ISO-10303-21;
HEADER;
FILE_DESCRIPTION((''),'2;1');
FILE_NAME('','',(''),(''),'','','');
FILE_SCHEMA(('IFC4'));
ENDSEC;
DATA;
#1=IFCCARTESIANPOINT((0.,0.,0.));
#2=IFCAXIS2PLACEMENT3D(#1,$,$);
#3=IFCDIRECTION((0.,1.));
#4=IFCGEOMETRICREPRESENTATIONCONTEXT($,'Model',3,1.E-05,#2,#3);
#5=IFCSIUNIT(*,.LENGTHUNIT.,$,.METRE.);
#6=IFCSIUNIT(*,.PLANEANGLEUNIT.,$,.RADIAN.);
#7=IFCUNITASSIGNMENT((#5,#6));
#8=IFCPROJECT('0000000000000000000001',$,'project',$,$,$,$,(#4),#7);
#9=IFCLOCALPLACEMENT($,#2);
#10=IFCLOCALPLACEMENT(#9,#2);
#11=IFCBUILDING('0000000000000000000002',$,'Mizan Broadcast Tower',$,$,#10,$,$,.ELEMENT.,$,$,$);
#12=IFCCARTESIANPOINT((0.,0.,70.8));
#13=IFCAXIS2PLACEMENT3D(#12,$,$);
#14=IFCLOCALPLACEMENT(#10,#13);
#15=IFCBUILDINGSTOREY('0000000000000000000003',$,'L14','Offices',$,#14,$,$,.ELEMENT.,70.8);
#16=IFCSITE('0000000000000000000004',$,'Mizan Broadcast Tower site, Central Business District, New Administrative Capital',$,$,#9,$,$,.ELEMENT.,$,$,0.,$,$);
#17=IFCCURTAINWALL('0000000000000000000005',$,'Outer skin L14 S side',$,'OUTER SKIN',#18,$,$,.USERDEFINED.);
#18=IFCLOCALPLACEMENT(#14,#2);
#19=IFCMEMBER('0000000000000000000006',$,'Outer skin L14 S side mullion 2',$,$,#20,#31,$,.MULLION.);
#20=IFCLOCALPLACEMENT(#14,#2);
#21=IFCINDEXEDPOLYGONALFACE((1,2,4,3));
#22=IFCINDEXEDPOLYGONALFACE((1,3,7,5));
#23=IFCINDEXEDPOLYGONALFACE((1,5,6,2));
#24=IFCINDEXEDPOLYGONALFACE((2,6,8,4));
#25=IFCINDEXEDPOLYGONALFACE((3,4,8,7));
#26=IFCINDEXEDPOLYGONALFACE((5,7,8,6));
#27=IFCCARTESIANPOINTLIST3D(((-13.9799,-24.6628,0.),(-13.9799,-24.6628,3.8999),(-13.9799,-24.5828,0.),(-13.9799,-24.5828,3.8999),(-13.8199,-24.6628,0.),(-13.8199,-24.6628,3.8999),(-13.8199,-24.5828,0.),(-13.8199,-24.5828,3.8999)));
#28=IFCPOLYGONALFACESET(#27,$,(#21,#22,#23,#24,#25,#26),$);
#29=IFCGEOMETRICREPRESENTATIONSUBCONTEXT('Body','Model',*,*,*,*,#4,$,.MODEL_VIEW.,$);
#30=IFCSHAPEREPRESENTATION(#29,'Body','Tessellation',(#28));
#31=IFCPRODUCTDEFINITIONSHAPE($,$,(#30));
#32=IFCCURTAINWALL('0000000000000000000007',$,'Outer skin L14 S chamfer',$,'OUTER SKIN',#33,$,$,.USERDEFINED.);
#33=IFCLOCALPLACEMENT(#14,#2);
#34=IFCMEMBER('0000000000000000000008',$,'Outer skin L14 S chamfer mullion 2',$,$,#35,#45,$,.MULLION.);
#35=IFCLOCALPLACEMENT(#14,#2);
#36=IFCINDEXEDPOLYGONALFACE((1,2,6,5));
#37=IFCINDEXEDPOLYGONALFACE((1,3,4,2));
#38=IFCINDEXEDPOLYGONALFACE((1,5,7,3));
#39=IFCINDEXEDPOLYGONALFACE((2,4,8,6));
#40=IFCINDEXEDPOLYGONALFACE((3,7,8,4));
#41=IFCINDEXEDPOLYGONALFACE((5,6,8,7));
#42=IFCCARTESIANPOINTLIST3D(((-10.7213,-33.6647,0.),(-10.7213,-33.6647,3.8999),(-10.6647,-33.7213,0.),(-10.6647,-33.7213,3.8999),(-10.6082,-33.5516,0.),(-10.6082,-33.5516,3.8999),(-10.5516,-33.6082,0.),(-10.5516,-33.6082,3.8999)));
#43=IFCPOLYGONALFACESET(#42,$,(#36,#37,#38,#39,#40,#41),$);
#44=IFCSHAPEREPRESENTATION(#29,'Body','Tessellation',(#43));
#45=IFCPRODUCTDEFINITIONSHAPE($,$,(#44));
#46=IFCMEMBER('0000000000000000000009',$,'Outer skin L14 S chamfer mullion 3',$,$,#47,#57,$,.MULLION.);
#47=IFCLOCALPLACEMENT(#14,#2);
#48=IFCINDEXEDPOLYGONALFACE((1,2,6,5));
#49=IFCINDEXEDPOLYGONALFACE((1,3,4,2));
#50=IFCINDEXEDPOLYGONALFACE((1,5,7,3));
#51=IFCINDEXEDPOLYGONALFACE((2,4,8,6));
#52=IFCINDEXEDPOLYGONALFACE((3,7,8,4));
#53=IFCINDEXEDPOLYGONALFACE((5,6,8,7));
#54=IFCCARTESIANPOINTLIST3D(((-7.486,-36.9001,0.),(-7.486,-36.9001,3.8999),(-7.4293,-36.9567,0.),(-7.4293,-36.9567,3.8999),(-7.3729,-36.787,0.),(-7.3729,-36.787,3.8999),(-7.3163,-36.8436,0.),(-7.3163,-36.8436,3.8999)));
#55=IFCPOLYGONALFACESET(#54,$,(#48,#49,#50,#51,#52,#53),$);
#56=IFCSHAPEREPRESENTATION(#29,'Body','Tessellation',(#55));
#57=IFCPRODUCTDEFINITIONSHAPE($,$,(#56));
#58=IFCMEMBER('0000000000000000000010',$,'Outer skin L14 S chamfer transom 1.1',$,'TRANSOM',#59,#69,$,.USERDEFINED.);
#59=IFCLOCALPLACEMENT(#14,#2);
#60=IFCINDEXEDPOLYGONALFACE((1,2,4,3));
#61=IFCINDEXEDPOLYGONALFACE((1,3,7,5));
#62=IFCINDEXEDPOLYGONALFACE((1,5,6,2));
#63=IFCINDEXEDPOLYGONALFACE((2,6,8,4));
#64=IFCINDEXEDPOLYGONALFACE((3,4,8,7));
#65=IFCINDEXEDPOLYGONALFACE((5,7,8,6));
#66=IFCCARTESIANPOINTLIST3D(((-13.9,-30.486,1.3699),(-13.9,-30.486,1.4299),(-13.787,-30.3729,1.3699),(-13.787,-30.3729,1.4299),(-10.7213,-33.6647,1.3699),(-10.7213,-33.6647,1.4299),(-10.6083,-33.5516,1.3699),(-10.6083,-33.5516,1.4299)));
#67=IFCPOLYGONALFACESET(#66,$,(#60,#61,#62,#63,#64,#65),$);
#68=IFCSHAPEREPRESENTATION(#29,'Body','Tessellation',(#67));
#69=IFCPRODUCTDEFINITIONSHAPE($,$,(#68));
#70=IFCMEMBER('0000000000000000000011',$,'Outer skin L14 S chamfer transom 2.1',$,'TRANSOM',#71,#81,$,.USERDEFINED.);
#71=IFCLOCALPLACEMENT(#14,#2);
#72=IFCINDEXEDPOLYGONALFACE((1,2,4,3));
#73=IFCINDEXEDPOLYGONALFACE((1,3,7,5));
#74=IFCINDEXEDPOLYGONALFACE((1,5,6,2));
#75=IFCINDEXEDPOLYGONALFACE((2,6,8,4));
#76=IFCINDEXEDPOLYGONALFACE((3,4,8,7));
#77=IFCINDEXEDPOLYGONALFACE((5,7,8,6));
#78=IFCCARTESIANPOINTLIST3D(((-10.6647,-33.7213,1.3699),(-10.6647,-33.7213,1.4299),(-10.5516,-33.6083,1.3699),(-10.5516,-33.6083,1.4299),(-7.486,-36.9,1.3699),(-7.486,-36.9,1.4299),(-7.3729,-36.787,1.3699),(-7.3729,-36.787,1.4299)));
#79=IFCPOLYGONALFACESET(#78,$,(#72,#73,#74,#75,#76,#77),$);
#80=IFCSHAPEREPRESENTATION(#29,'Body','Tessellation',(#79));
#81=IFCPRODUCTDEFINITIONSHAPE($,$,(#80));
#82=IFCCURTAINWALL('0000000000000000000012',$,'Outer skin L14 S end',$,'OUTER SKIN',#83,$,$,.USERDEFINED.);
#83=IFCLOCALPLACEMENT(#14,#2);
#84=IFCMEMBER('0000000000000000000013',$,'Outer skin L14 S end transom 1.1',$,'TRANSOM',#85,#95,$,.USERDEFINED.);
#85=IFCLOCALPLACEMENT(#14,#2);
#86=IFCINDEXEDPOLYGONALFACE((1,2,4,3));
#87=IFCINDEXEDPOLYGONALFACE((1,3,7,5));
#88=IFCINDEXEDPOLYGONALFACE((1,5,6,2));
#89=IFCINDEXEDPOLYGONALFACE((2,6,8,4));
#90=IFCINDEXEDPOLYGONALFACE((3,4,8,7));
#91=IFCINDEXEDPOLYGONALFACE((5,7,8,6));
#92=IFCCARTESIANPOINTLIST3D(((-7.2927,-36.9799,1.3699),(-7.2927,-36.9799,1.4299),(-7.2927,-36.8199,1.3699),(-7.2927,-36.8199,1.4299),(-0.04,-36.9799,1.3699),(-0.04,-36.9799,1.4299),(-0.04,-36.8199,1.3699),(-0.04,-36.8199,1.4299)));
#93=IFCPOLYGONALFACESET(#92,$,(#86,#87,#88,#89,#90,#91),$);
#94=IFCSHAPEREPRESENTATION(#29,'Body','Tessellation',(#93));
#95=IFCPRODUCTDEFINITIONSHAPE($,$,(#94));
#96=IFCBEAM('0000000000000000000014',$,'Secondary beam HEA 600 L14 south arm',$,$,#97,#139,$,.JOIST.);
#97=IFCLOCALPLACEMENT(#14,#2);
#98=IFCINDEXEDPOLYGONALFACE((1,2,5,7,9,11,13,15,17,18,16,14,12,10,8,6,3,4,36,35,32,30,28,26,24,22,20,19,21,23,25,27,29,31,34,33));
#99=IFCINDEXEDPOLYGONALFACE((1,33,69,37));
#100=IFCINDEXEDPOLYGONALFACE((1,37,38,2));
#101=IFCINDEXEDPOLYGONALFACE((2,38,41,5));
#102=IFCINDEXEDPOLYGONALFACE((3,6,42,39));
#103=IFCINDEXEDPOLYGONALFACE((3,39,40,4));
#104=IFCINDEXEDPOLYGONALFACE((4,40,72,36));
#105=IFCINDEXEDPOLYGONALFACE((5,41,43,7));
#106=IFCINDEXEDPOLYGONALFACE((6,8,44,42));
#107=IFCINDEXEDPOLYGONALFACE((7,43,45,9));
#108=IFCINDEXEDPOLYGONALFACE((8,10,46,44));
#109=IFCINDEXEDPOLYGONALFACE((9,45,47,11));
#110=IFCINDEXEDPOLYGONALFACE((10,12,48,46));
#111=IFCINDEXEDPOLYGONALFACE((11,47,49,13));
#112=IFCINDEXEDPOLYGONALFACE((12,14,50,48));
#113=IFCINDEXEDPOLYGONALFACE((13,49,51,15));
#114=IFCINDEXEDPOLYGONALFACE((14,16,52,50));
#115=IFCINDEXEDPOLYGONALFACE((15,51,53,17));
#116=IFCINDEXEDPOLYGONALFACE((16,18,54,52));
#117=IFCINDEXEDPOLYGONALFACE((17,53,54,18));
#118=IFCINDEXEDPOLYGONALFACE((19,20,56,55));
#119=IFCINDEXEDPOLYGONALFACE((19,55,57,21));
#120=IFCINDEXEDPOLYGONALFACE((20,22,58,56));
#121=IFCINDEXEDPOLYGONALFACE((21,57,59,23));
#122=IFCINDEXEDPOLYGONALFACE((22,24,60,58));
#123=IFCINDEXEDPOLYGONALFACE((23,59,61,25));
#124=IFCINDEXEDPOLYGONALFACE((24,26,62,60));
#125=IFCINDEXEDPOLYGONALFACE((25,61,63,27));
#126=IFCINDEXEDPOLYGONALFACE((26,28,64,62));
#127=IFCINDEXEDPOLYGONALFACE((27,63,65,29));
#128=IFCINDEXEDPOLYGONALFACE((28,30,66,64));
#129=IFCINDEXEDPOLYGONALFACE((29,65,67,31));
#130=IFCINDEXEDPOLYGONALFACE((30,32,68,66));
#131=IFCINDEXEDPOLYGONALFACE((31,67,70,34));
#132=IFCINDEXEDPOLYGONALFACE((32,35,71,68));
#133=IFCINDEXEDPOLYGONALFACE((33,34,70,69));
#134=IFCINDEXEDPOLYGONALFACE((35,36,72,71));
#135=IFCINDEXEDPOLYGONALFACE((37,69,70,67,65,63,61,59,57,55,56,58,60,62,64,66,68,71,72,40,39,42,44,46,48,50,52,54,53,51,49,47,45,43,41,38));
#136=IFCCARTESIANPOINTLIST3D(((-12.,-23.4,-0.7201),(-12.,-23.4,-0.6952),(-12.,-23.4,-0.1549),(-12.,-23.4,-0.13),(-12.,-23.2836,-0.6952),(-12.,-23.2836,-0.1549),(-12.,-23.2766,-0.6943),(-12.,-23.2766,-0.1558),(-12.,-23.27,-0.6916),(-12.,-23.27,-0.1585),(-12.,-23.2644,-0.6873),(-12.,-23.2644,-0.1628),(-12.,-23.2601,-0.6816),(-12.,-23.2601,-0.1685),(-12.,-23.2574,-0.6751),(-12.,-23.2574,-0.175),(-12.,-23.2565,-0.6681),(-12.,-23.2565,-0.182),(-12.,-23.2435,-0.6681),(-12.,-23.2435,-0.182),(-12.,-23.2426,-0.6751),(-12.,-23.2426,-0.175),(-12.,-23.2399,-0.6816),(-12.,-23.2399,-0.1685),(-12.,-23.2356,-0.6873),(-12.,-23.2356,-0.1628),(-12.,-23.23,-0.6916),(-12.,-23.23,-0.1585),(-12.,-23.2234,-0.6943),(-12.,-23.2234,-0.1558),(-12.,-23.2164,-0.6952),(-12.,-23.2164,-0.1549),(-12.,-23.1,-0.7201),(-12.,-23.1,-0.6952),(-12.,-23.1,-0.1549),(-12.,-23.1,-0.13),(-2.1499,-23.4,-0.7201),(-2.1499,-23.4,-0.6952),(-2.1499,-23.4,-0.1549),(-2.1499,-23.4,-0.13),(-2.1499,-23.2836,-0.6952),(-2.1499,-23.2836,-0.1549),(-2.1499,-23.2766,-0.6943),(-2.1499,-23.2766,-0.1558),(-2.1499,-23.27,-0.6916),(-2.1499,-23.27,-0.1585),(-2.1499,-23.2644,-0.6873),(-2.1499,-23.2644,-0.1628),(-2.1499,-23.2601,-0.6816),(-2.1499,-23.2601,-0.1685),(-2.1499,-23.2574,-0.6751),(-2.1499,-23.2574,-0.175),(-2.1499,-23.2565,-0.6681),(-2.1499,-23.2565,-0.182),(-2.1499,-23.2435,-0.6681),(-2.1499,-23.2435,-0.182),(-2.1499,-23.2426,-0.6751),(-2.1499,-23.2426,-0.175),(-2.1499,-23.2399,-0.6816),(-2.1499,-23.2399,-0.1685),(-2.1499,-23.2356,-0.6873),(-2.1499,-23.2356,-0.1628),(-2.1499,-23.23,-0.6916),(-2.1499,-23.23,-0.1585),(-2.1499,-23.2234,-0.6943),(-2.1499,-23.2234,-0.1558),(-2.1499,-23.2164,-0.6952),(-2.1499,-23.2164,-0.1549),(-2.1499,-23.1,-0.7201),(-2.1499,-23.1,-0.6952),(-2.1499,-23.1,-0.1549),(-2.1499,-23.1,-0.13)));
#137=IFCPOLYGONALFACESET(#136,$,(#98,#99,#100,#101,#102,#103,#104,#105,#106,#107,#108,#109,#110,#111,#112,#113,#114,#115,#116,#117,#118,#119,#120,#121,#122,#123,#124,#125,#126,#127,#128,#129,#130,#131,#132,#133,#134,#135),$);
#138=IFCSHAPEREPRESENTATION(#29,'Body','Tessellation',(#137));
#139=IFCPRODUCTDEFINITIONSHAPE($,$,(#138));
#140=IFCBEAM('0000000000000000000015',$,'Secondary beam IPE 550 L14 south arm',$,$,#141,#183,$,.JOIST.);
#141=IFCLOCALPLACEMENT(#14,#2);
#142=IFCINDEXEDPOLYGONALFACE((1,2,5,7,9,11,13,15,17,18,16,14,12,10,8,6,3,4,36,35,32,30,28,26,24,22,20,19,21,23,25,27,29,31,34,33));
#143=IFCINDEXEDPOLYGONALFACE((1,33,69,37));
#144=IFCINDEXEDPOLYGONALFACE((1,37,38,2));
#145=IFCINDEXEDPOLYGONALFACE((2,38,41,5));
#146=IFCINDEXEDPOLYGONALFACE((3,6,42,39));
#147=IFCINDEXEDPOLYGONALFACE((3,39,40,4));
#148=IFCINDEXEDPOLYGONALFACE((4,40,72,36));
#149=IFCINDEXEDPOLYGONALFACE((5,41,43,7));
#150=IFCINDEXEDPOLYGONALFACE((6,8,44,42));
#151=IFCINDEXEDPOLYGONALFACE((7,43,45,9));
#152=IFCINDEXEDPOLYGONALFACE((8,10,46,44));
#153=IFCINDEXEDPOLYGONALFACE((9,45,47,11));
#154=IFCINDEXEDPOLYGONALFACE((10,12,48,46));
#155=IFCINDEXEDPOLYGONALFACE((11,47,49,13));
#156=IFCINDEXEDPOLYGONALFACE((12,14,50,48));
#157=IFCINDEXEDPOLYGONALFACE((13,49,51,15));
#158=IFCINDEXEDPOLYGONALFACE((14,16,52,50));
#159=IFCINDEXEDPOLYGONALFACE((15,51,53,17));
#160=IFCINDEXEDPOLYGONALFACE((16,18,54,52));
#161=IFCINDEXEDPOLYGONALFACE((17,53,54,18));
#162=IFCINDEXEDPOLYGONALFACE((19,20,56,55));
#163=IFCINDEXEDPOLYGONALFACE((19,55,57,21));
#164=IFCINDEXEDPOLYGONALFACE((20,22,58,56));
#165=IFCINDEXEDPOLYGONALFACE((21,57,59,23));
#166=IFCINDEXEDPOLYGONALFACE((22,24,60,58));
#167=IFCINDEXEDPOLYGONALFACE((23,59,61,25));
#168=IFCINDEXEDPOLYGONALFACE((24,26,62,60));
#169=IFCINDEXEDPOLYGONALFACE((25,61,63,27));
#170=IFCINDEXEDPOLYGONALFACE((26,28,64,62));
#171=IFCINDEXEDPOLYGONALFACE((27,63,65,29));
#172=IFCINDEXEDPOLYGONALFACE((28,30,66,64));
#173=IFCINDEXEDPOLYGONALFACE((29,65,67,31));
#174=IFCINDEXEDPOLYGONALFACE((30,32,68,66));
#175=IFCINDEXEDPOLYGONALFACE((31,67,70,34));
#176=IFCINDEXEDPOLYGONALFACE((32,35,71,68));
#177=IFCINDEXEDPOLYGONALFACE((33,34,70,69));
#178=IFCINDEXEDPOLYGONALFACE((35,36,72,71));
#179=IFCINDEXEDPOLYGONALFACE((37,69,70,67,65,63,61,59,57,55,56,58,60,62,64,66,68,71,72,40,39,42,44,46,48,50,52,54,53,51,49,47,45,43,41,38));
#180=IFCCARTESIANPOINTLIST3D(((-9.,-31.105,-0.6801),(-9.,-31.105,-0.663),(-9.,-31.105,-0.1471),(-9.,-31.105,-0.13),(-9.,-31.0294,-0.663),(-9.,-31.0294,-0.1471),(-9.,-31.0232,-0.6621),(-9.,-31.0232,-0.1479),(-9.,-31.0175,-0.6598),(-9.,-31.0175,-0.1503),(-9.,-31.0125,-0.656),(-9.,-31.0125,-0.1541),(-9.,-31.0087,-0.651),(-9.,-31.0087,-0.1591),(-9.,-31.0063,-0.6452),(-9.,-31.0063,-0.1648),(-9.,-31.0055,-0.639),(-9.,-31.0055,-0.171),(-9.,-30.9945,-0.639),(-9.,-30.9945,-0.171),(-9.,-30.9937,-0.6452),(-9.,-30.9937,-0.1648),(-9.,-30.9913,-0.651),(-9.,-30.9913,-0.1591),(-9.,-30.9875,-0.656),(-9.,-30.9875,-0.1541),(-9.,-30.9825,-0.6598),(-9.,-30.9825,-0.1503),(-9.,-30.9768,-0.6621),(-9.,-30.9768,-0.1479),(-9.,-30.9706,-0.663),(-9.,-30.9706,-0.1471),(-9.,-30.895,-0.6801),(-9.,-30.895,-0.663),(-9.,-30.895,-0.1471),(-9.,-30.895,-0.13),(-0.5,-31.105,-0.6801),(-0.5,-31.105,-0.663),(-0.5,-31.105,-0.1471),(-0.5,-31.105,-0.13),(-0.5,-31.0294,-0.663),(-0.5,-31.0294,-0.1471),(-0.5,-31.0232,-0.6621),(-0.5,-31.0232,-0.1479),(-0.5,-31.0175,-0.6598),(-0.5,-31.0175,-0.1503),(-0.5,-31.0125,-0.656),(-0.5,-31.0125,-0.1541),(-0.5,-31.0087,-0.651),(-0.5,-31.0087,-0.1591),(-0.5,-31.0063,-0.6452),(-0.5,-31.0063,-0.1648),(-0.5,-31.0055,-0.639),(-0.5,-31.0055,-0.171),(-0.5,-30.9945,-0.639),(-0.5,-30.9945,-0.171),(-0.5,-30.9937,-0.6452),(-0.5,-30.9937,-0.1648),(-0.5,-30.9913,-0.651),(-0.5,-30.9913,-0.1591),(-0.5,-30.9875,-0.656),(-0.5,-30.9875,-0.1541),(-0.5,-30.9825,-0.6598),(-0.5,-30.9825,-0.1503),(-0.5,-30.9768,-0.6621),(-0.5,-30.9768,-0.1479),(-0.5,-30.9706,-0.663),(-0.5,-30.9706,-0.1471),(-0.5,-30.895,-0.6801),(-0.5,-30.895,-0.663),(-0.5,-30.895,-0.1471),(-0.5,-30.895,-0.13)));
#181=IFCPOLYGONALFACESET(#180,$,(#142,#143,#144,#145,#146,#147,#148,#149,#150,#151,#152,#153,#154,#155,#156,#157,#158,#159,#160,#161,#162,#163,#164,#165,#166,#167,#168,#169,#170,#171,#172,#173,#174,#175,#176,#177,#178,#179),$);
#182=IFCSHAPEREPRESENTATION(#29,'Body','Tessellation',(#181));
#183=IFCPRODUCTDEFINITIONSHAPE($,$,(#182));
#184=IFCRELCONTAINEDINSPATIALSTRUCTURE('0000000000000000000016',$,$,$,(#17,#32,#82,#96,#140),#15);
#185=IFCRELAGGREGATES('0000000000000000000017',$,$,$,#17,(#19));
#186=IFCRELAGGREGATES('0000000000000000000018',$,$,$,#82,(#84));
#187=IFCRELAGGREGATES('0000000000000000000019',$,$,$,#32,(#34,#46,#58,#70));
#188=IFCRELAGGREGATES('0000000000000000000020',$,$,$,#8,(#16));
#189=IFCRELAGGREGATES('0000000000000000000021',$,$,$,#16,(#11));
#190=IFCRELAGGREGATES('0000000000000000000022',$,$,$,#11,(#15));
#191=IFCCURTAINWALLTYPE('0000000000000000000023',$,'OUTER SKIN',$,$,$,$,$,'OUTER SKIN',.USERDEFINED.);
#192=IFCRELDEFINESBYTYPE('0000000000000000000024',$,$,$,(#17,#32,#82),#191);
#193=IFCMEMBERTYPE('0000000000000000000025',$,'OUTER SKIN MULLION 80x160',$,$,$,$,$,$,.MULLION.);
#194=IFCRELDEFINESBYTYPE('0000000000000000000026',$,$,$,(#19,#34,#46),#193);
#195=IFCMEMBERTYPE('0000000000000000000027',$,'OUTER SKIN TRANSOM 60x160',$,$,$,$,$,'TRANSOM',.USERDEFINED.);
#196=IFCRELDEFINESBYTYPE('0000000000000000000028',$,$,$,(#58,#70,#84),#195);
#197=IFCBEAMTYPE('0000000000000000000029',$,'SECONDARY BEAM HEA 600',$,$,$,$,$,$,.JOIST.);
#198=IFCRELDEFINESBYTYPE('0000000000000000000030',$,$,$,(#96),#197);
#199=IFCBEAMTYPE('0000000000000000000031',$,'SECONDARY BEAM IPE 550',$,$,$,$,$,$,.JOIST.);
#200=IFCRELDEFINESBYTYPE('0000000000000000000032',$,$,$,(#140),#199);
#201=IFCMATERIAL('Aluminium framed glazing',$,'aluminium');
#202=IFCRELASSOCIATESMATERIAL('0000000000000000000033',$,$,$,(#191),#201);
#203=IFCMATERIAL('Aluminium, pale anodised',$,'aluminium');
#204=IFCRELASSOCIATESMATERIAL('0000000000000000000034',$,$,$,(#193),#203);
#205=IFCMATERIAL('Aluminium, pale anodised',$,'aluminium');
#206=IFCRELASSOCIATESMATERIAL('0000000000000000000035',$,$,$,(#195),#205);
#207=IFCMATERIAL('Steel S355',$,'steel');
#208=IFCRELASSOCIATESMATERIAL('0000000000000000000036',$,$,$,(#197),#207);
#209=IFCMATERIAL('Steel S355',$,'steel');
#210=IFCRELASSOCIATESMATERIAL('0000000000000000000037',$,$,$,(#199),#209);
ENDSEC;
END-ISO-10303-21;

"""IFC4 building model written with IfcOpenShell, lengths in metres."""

from ifc_helpers import new_model, si_unit, direction, frame, origin, origin_2d, place, context, subcontext, project, spatial, rectangle, i_section, extrude, material, material_profile, profile_set, type_object, element, aggregate, save


model = new_model("IFC4")

# Units and contexts
model_context = context("Model", 3, precision=1e-05, world=origin(), true_north=direction((0.0, 1.0)))
body_context = subcontext(model_context, "Body", "Model", "MODEL_VIEW")
ifc_project = project(units=[si_unit("LENGTHUNIT", "METRE"), si_unit("PLANEANGLEUNIT", "RADIAN")], contexts=[model_context])

# Site, building, storey
site_placement = place(None, origin())
site = spatial("IfcSite", under=ifc_project, at=site_placement, Name="Mizan Broadcast Tower site, Central Business District, New Administrative Capital", CompositionType="ELEMENT", RefElevation=0.0)
building_placement = place(site_placement, origin())
building = spatial("IfcBuilding", under=site, at=building_placement, Name="Mizan Broadcast Tower", CompositionType="ELEMENT")
storey_placement = place(building_placement, frame((0.0, 0.0, 70.8)))
storey = spatial("IfcBuildingStorey", under=building, at=storey_placement, Name="L14", Description="Offices", CompositionType="ELEMENT", Elevation=70.8)

# Curtain wall, member
ifc_material_1 = material(Name="Aluminium framed glazing", Category="aluminium")
curtain_wall_type_1 = type_object("IfcCurtainWallType", Name="OUTER SKIN", ElementType="OUTER SKIN", PredefinedType="USERDEFINED", material=ifc_material_1)
curtain_wall_1_placement = place(storey_placement, origin())
curtain_wall_1 = element("IfcCurtainWall", 1, at=curtain_wall_1_placement, inside=storey, type_object=curtain_wall_type_1, Name="Outer skin L14 S side", ObjectType="OUTER SKIN", PredefinedType="USERDEFINED")
ifc_material_2 = material(Name="Aluminium, pale anodised", Category="aluminium")
ifc_material_profile_1 = material_profile(ifc_material_2, rectangle(XDim=0.1599, YDim=0.0801, at=origin_2d()), Name="MULLION 160x80")
ifc_profile_set_1 = profile_set([ifc_material_profile_1], Name="Aluminium, pale anodised")
member_type_1 = type_object("IfcMemberType", Name="OUTER SKIN MULLION 80x160", PredefinedType="MULLION", material=ifc_profile_set_1)
member_1_placement = place(storey_placement, frame((-13.8999, -24.6228, 0.0), z_axis=(0.0, 0.0, 1.0), x_axis=(1.0, 0.0, 0.0)))
member_1 = element("IfcMember", 2, at=member_1_placement, type_object=member_type_1, Name="Outer skin L14 S side mullion 2", PredefinedType="MULLION", context=body_context, shape_type="SweptSolid", body=[
    extrude(rectangle(XDim=0.1599, YDim=0.0801, at=origin_2d()), origin(), (0.0, 0.0, 1.0), 3.8999),
])
aggregate(curtain_wall_1, [member_1])

# Curtain wall, members
curtain_wall_2_placement = place(storey_placement, origin())
curtain_wall_2 = element("IfcCurtainWall", 3, at=curtain_wall_2_placement, inside=storey, type_object=curtain_wall_type_1, Name="Outer skin L14 S chamfer", ObjectType="OUTER SKIN", PredefinedType="USERDEFINED")
member_2_placement = place(storey_placement, frame((-10.6365, -33.6365, 0.0), z_axis=(0.0, 0.0, 1.0), x_axis=(0.707107, 0.707107, 0.0)))
member_2 = element("IfcMember", 4, at=member_2_placement, type_object=member_type_1, Name="Outer skin L14 S chamfer mullion 2", PredefinedType="MULLION", context=body_context, shape_type="SweptSolid", body=[
    extrude(rectangle(XDim=0.1599, YDim=0.0801, at=origin_2d()), origin(), (0.0, 0.0, 1.0), 3.8999),
])
member_3_placement = place(storey_placement, frame((-7.4011, -36.8718, 0.0), z_axis=(0.0, 0.0, 1.0), x_axis=(0.707107, 0.707107, 0.0)))
member_3 = element("IfcMember", 5, at=member_3_placement, type_object=member_type_1, Name="Outer skin L14 S chamfer mullion 3", PredefinedType="MULLION", context=body_context, shape_type="SweptSolid", body=[
    extrude(rectangle(XDim=0.1599, YDim=0.0801, at=origin_2d()), origin(), (0.0, 0.0, 1.0), 3.8999),
])
ifc_material_3 = material(Name="Aluminium, pale anodised", Category="aluminium")
ifc_material_profile_2 = material_profile(ifc_material_3, rectangle(XDim=0.1599, YDim=0.0601, at=origin_2d()), Name="TRANSOM 160x60")
ifc_profile_set_2 = profile_set([ifc_material_profile_2], Name="Aluminium, pale anodised")
member_type_2 = type_object("IfcMemberType", Name="OUTER SKIN TRANSOM 60x160", ElementType="TRANSOM", PredefinedType="USERDEFINED", material=ifc_profile_set_2)
member_4_placement = place(storey_placement, frame((-13.8435, -30.4294, 1.3999), z_axis=(0.707107, -0.707107, 0.0), x_axis=(0.707107, 0.707107, 0.0)))
member_4 = element("IfcMember", 6, at=member_4_placement, type_object=member_type_2, Name="Outer skin L14 S chamfer transom 1.1", ObjectType="TRANSOM", PredefinedType="USERDEFINED", context=body_context, shape_type="SweptSolid", body=[
    extrude(rectangle(XDim=0.1599, YDim=0.0601, at=origin_2d()), origin(), (0.0, 0.0, 1.0), 4.4954),
])
member_5_placement = place(storey_placement, frame((-10.6082, -33.6648, 1.3999), z_axis=(0.707107, -0.707107, 0.0), x_axis=(0.707107, 0.707107, 0.0)))
member_5 = element("IfcMember", 7, at=member_5_placement, type_object=member_type_2, Name="Outer skin L14 S chamfer transom 2.1", ObjectType="TRANSOM", PredefinedType="USERDEFINED", context=body_context, shape_type="SweptSolid", body=[
    extrude(rectangle(XDim=0.1599, YDim=0.0601, at=origin_2d()), origin(), (0.0, 0.0, 1.0), 4.4954),
])

# Curtain wall, member
curtain_wall_3_placement = place(storey_placement, origin())
curtain_wall_3 = element("IfcCurtainWall", 8, at=curtain_wall_3_placement, inside=storey, type_object=curtain_wall_type_1, Name="Outer skin L14 S end", ObjectType="OUTER SKIN", PredefinedType="USERDEFINED")
member_6_placement = place(storey_placement, frame((-7.2927, -36.8999, 1.3999), z_axis=(1.0, 0.0, 0.0), x_axis=(0.0, 1.0, 0.0)))
member_6 = element("IfcMember", 9, at=member_6_placement, type_object=member_type_2, Name="Outer skin L14 S end transom 1.1", ObjectType="TRANSOM", PredefinedType="USERDEFINED", context=body_context, shape_type="SweptSolid", body=[
    extrude(rectangle(XDim=0.1599, YDim=0.0601, at=origin_2d()), origin(), (0.0, 0.0, 1.0), 7.2527),
])

# Beams
ifc_material_4 = material(Name="Steel S355", Category="steel")
ifc_material_profile_3 = material_profile(ifc_material_4, i_section(OverallWidth=0.3, OverallDepth=0.5901, WebThickness=0.0129, FlangeThickness=0.0249, FilletRadius=0.0271, at=origin_2d()), Name="HEA 600")
ifc_profile_set_3 = profile_set([ifc_material_profile_3], Name="Steel S355")
beam_type_1 = type_object("IfcBeamType", Name="SECONDARY BEAM HEA 600", PredefinedType="JOIST", material=ifc_profile_set_3)
beam_1_placement = place(storey_placement, frame((-12.0, -23.25, -0.425), z_axis=(1.0, 0.0, 0.0), x_axis=(0.0, 1.0, 0.0)))
element("IfcBeam", 10, at=beam_1_placement, inside=storey, type_object=beam_type_1, Name="Secondary beam HEA 600 L14 south arm", PredefinedType="JOIST", context=body_context, shape_type="SweptSolid", body=[
    extrude(i_section(OverallWidth=0.3, OverallDepth=0.5901, WebThickness=0.0129, FlangeThickness=0.0249, FilletRadius=0.0271, at=origin_2d()), origin(), (0.0, 0.0, 1.0), 9.8501),
])
ifc_material_5 = material(Name="Steel S355", Category="steel")
ifc_material_profile_4 = material_profile(ifc_material_5, i_section(OverallWidth=0.21, OverallDepth=0.55, WebThickness=0.011, FlangeThickness=0.0171, FilletRadius=0.0239, at=origin_2d()), Name="IPE 550")
ifc_profile_set_4 = profile_set([ifc_material_profile_4], Name="Steel S355")
beam_type_2 = type_object("IfcBeamType", Name="SECONDARY BEAM IPE 550", PredefinedType="JOIST", material=ifc_profile_set_4)
beam_2_placement = place(storey_placement, frame((-9.0, -31.0, -0.405), z_axis=(1.0, 0.0, 0.0), x_axis=(0.0, 1.0, 0.0)))
element("IfcBeam", 11, at=beam_2_placement, inside=storey, type_object=beam_type_2, Name="Secondary beam IPE 550 L14 south arm", PredefinedType="JOIST", context=body_context, shape_type="SweptSolid", body=[
    extrude(i_section(OverallWidth=0.21, OverallDepth=0.55, WebThickness=0.011, FlangeThickness=0.0171, FilletRadius=0.0239, at=origin_2d()), origin(), (0.0, 0.0, 1.0), 8.5),
])

aggregate(curtain_wall_3, [member_6])
aggregate(curtain_wall_2, [member_2, member_3, member_4, member_5])

save(model, "model.ifc")
